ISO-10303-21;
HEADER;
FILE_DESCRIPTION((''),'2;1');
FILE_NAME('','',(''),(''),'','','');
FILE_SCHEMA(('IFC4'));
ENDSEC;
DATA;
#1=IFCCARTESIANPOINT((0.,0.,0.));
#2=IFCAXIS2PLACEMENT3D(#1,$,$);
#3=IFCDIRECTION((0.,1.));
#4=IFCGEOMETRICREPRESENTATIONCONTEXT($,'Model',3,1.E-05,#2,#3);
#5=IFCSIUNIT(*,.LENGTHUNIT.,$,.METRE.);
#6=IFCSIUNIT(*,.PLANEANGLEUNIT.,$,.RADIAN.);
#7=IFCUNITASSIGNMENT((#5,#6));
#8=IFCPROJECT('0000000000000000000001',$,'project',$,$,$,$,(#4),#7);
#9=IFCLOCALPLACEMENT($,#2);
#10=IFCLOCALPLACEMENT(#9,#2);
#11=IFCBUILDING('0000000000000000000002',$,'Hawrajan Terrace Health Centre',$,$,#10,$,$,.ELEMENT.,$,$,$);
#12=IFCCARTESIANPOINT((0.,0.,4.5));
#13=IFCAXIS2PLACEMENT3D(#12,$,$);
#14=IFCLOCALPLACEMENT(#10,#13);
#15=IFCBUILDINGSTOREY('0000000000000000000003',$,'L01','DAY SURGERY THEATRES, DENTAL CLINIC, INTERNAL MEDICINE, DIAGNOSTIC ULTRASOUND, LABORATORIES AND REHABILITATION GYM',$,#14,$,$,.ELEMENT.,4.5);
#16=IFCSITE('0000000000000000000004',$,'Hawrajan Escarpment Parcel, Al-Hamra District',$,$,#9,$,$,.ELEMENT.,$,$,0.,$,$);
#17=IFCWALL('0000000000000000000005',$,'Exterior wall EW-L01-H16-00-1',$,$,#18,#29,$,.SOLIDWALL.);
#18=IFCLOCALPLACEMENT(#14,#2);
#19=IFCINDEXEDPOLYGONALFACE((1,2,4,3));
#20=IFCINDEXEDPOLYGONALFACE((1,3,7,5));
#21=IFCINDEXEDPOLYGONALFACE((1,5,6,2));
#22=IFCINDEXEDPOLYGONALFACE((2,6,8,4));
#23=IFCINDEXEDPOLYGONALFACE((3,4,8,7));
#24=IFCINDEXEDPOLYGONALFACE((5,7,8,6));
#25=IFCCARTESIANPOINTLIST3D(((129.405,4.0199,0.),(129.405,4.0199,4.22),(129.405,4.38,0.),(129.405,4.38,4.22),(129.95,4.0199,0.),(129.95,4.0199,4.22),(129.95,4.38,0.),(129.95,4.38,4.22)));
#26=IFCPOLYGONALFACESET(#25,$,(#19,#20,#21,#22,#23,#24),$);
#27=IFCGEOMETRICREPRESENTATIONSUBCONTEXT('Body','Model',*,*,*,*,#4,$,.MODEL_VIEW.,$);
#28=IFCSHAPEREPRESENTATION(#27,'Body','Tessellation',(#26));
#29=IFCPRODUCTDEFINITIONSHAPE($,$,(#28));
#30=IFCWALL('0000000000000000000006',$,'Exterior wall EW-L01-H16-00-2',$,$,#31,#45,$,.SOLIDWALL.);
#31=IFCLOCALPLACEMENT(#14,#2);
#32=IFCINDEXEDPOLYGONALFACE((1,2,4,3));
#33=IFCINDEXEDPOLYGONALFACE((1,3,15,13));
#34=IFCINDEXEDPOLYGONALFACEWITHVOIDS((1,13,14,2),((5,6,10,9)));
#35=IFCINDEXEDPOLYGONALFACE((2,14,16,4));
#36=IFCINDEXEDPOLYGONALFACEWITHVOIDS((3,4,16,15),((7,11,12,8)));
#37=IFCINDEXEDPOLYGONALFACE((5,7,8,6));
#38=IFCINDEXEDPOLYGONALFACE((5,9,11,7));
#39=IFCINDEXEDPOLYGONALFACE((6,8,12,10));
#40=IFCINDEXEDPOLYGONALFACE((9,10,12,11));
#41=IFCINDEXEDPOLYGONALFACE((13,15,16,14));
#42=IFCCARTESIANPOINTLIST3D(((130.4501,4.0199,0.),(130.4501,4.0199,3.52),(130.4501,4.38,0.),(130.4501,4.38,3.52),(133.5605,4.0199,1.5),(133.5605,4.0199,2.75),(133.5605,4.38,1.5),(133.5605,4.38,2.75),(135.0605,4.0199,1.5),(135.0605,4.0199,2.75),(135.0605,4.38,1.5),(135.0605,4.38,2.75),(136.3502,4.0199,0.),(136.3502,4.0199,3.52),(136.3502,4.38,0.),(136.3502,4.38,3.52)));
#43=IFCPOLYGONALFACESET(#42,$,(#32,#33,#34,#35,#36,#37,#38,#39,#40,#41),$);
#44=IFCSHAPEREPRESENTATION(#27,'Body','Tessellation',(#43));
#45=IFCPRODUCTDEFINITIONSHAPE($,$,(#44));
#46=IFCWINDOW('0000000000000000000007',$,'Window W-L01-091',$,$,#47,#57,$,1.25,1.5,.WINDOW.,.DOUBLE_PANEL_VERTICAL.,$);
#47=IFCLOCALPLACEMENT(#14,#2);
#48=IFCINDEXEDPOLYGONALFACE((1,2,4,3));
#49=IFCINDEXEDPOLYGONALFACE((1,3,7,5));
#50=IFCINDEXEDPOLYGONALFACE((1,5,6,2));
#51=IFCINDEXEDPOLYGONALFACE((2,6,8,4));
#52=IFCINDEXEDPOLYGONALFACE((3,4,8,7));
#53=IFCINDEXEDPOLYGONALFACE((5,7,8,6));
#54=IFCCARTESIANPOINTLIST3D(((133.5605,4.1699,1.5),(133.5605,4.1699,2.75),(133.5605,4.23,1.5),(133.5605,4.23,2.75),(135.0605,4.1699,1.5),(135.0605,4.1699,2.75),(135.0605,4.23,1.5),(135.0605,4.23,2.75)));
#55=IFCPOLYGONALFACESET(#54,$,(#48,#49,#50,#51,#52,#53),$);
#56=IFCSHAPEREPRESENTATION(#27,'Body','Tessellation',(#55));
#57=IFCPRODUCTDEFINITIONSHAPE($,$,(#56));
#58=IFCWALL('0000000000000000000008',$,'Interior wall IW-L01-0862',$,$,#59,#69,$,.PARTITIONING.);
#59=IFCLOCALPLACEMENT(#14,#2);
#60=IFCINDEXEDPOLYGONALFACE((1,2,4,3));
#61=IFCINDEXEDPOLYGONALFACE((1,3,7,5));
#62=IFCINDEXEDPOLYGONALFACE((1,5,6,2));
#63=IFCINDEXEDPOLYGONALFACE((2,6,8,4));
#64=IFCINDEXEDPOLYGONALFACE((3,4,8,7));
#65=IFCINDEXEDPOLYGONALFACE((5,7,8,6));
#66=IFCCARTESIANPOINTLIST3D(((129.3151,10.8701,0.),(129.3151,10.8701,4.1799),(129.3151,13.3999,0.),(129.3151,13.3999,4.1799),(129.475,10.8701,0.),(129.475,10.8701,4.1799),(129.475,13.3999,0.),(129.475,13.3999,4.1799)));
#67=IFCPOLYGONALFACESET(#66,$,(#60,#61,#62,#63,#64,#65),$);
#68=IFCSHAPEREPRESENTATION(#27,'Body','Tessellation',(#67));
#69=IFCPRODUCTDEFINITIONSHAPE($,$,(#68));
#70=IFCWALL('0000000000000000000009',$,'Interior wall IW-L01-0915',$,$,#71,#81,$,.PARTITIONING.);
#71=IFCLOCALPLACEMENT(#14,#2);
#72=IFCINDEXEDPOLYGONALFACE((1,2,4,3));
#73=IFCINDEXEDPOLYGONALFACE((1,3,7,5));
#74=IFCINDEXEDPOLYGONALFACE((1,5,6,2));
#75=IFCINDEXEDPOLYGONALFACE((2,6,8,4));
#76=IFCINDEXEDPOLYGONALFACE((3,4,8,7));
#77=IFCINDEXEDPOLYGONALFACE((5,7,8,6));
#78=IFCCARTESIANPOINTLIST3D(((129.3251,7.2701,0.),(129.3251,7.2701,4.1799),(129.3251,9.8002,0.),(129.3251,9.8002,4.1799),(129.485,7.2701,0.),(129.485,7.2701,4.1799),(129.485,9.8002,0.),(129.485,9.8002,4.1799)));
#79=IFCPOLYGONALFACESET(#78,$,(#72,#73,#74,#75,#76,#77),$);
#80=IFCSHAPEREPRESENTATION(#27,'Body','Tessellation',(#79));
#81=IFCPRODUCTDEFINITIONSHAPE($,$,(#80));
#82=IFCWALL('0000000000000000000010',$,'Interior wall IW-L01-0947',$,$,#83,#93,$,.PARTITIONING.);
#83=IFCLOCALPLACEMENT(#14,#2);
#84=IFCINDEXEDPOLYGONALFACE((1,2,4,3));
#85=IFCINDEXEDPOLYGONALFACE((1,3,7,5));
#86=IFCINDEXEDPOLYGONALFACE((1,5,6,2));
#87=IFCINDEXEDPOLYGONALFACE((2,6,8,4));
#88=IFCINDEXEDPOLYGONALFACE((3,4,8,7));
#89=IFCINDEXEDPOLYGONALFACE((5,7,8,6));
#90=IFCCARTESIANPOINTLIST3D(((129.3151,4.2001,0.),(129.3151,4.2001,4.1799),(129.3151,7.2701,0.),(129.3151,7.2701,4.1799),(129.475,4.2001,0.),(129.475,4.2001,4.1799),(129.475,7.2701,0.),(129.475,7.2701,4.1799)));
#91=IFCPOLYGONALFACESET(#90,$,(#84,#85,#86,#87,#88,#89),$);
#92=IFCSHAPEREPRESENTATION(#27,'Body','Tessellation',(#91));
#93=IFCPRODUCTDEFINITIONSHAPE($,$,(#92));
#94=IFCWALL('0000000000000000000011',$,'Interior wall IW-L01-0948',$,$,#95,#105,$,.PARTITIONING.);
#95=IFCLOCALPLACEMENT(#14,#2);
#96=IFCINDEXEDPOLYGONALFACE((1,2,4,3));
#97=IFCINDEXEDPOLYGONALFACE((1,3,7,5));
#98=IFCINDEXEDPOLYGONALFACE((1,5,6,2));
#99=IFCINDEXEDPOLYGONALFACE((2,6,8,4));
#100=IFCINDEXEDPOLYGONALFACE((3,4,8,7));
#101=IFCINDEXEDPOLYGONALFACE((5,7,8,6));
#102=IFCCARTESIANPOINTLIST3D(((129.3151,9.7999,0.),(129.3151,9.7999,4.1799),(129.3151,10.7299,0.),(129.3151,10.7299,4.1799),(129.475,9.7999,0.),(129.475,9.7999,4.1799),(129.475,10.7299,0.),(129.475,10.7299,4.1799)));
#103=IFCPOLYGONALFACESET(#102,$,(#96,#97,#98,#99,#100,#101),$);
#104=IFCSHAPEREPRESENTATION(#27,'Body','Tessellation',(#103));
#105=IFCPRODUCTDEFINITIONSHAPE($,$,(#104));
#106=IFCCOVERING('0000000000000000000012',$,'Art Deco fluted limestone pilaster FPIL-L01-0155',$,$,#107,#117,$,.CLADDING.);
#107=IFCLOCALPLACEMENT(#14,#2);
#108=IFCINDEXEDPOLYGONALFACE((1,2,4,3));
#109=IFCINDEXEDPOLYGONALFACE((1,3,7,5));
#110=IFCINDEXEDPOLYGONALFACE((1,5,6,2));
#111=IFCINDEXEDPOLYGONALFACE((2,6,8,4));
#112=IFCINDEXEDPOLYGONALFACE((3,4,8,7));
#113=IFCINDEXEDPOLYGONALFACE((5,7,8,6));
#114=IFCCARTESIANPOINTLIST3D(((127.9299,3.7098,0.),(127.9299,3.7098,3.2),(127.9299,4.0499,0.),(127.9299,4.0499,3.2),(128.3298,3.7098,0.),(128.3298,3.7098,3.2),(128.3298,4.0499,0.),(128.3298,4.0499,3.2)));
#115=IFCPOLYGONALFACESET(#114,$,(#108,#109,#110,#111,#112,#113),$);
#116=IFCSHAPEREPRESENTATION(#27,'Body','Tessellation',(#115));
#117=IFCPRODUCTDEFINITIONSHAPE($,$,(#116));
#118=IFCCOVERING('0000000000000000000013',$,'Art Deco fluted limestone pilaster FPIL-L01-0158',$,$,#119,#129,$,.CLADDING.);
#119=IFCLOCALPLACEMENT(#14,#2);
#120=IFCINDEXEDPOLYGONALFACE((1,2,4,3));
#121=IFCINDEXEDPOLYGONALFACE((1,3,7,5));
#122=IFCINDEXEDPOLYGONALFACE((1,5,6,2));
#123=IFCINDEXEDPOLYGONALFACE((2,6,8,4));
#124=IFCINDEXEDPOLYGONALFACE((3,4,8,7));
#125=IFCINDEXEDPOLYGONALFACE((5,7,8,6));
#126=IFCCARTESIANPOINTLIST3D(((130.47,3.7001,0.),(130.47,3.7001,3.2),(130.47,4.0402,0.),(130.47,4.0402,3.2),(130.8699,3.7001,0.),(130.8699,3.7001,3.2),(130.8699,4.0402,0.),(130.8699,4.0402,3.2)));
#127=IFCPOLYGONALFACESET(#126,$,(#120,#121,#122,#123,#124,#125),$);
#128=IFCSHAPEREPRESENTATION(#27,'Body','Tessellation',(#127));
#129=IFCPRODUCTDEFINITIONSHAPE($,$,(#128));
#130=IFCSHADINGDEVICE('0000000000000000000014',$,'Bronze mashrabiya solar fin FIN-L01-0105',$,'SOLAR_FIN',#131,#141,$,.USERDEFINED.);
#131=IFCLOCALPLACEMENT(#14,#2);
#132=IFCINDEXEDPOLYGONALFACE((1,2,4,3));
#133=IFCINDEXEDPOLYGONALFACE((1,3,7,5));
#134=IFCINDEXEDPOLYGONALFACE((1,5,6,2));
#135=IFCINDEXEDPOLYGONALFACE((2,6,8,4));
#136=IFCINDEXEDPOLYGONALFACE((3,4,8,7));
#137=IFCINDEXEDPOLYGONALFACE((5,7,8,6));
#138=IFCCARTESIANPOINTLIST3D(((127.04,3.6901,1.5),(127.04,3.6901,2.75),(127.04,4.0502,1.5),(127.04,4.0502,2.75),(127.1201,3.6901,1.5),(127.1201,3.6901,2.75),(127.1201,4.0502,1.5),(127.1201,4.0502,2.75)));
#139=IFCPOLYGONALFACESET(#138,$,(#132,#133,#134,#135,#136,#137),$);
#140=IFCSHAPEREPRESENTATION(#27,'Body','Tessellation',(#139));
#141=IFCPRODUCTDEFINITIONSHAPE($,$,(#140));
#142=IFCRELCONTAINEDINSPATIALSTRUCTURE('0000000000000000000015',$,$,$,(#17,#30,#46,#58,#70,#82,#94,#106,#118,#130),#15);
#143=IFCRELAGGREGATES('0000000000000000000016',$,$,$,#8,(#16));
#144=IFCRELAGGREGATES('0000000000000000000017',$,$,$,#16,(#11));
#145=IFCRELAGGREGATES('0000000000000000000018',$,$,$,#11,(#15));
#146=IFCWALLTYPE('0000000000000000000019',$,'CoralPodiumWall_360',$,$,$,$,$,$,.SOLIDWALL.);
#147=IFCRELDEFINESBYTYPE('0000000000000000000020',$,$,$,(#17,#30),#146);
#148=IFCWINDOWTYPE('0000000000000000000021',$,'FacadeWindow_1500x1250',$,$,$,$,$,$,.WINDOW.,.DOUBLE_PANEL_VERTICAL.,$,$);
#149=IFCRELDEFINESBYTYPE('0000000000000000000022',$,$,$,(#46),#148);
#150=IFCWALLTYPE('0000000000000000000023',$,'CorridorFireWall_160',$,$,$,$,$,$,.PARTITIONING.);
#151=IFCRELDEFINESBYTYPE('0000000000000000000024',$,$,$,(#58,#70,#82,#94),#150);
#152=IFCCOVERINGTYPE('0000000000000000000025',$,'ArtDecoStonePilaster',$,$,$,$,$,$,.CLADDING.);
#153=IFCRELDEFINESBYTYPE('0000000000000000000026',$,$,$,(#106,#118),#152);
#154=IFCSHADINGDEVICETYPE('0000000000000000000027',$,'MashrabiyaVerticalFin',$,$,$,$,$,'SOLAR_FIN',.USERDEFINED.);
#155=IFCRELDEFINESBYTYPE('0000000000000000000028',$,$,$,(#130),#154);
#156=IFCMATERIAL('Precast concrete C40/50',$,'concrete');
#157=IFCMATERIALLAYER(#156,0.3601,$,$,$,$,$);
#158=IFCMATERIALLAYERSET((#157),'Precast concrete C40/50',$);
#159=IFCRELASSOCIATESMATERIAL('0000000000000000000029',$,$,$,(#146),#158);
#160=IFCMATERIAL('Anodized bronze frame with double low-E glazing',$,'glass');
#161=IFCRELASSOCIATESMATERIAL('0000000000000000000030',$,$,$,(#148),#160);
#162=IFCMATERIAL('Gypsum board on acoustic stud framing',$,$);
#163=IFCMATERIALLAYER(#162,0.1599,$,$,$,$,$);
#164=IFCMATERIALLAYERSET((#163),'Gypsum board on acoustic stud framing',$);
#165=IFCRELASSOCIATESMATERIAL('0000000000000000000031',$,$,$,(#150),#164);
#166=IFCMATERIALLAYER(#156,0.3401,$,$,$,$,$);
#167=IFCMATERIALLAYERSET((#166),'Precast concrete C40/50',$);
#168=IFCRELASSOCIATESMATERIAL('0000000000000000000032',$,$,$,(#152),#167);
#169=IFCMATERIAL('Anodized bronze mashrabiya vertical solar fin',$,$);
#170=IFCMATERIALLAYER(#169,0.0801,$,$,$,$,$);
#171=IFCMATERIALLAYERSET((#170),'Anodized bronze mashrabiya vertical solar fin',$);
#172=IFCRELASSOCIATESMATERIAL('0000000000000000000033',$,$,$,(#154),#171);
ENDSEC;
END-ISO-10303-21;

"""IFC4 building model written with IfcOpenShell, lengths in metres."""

from ifc_helpers import new_model, si_unit, direction, frame, frame_2d, origin, origin_2d, place, context, subcontext, project, spatial, rectangle, extrude, material, layer, layer_set, type_object, element, fill, save


model = new_model("IFC4")

# Units and contexts
model_context = context("Model", 3, precision=1e-05, world=origin(), true_north=direction((0.0, 1.0)))
body_context = subcontext(model_context, "Body", "Model", "MODEL_VIEW")
ifc_project = project(units=[si_unit("LENGTHUNIT", "METRE"), si_unit("PLANEANGLEUNIT", "RADIAN")], contexts=[model_context])

# Site, building, storey
site_placement = place(None, origin())
site = spatial("IfcSite", under=ifc_project, at=site_placement, Name="Hawrajan Escarpment Parcel, Al-Hamra District", CompositionType="ELEMENT", RefElevation=0.0)
building_placement = place(site_placement, origin())
building = spatial("IfcBuilding", under=site, at=building_placement, Name="Hawrajan Terrace Health Centre", CompositionType="ELEMENT")
storey_placement = place(building_placement, frame((0.0, 0.0, 4.5)))
storey = spatial("IfcBuildingStorey", under=building, at=storey_placement, Name="L01", Description="DAY SURGERY THEATRES, DENTAL CLINIC, INTERNAL MEDICINE, DIAGNOSTIC ULTRASOUND, LABORATORIES AND REHABILITATION GYM", CompositionType="ELEMENT", Elevation=4.5)

# Shared definitions
ifc_material_1 = material(Name="Gypsum board on acoustic stud framing")

# Wall
ifc_material_2 = material(Name="Precast concrete C40/50", Category="concrete")
ifc_layer_1 = layer(ifc_material_2, 0.3601)
ifc_layer_set_1 = layer_set([ifc_layer_1], Name="Precast concrete C40/50")
wall_type_1 = type_object("IfcWallType", Name="CoralPodiumWall_360", PredefinedType="SOLIDWALL", material=ifc_layer_set_1)
wall_1_placement = place(storey_placement, frame((129.405, 4.2, 0.0), z_axis=(0.0, 0.0, 1.0), x_axis=(1.0, 0.0, 0.0)))
element("IfcWall", 1, at=wall_1_placement, inside=storey, type_object=wall_type_1, Name="Exterior wall EW-L01-H16-00-1", PredefinedType="SOLIDWALL", context=body_context, shape_type="SweptSolid", body=[
    extrude(rectangle(XDim=0.5449, YDim=0.3601, at=frame_2d((0.2725, 0.0))), origin(), (0.0, 0.0, 1.0), 4.22),
])

# Wall, opening, window
wall_2_placement = place(storey_placement, frame((130.45, 4.2, 0.0), z_axis=(0.0, 0.0, 1.0), x_axis=(1.0, 0.0, 0.0)))
wall_2 = element("IfcWall", 2, at=wall_2_placement, inside=storey, type_object=wall_type_1, Name="Exterior wall EW-L01-H16-00-2", PredefinedType="SOLIDWALL", context=body_context, shape_type="SweptSolid", body=[
    extrude(rectangle(XDim=5.9001, YDim=0.3601, at=frame_2d((2.9502, 0.0))), origin(), (0.0, 0.0, 1.0), 3.52),
])
opening_1_placement = place(wall_2_placement, frame((3.1106, 0.0, 1.5)))
opening_1 = element("IfcOpeningElement", 3, at=opening_1_placement, cuts=wall_2, PredefinedType="OPENING", context=body_context, shape_type="SweptSolid", body=[
    extrude(rectangle(XDim=1.5, YDim=1.25, at=frame_2d((0.75, 0.625))), frame((0.0, 0.1899, 0.0), z_axis=(0.0, -1.0, 0.0), x_axis=(1.0, 0.0, 0.0)), (0.0, 0.0, 1.0), 0.3801),
])
ifc_material_3 = material(Name="Anodized bronze frame with double low-E glazing", Category="glass")
window_type = type_object("IfcWindowType", Name="FacadeWindow_1500x1250", PartitioningType="DOUBLE_PANEL_VERTICAL", PredefinedType="WINDOW", material=ifc_material_3)
window_placement = place(opening_1_placement, origin())
window = element("IfcWindow", 4, at=window_placement, inside=storey, type_object=window_type, Name="Window W-L01-091", OverallHeight=1.25, OverallWidth=1.5, PartitioningType="DOUBLE_PANEL_VERTICAL", PredefinedType="WINDOW", context=body_context, shape_type="SweptSolid", body=[
    extrude(rectangle(XDim=1.5, YDim=1.25, at=frame_2d((0.75, 0.625))), frame((0.0, 0.03, 0.0), z_axis=(0.0, -1.0, 0.0), x_axis=(1.0, 0.0, 0.0)), (0.0, 0.0, 1.0), 0.0601),
])
fill(opening_1, window)

# Walls
ifc_layer_2 = layer(ifc_material_1, 0.1599)
ifc_layer_set_2 = layer_set([ifc_layer_2], Name="Gypsum board on acoustic stud framing")
wall_type_2 = type_object("IfcWallType", Name="CorridorFireWall_160", PredefinedType="PARTITIONING", material=ifc_layer_set_2)
wall_3_placement = place(storey_placement, frame((129.395, 10.8701, 0.0), z_axis=(0.0, 0.0, 1.0), x_axis=(0.0, 1.0, 0.0)))
element("IfcWall", 5, at=wall_3_placement, inside=storey, type_object=wall_type_2, Name="Interior wall IW-L01-0862", PredefinedType="PARTITIONING", context=body_context, shape_type="SweptSolid", body=[
    extrude(rectangle(XDim=2.5298, YDim=0.1599, at=frame_2d((1.2649, 0.0))), origin(), (0.0, 0.0, 1.0), 4.1799),
])
wall_4_placement = place(storey_placement, frame((129.405, 7.27, 0.0), z_axis=(0.0, 0.0, 1.0), x_axis=(0.0, 1.0, 0.0)))
element("IfcWall", 6, at=wall_4_placement, inside=storey, type_object=wall_type_2, Name="Interior wall IW-L01-0915", PredefinedType="PARTITIONING", context=body_context, shape_type="SweptSolid", body=[
    extrude(rectangle(XDim=2.53, YDim=0.1599, at=frame_2d((1.2651, 0.0))), origin(), (0.0, 0.0, 1.0), 4.1799),
])
wall_5_placement = place(storey_placement, frame((129.395, 4.2, 0.0), z_axis=(0.0, 0.0, 1.0), x_axis=(0.0, 1.0, 0.0)))
element("IfcWall", 7, at=wall_5_placement, inside=storey, type_object=wall_type_2, Name="Interior wall IW-L01-0947", PredefinedType="PARTITIONING", context=body_context, shape_type="SweptSolid", body=[
    extrude(rectangle(XDim=3.0701, YDim=0.1599, at=frame_2d((1.5352, 0.0))), origin(), (0.0, 0.0, 1.0), 4.1799),
])
wall_6_placement = place(storey_placement, frame((129.395, 9.8, 0.0), z_axis=(0.0, 0.0, 1.0), x_axis=(0.0, 1.0, 0.0)))
element("IfcWall", 8, at=wall_6_placement, inside=storey, type_object=wall_type_2, Name="Interior wall IW-L01-0948", PredefinedType="PARTITIONING", context=body_context, shape_type="SweptSolid", body=[
    extrude(rectangle(XDim=0.9299, YDim=0.1599, at=frame_2d((0.4648, 0.0))), origin(), (0.0, 0.0, 1.0), 4.1799),
])

# Coverings
ifc_layer_3 = layer(ifc_material_2, 0.3401)
ifc_layer_set_3 = layer_set([ifc_layer_3], Name="Precast concrete C40/50")
covering_type = type_object("IfcCoveringType", Name="ArtDecoStonePilaster", PredefinedType="CLADDING", material=ifc_layer_set_3)
for number, where, z_axis, x_axis, name in (
    (9, (128.1299, 3.8799, 0.0), (0.0, 0.0, 1.0), (1.0, 0.0, 0.0), "Art Deco fluted limestone pilaster FPIL-L01-0155"),
    (10, (130.6699, 3.8701, 0.0), (0.0, 0.0, 1.0), (1.0, 0.0, 0.0), "Art Deco fluted limestone pilaster FPIL-L01-0158"),
):
    element("IfcCovering", number, at=place(storey_placement, frame(where, z_axis=z_axis, x_axis=x_axis)), inside=storey, type_object=covering_type, Name=name, PredefinedType="CLADDING", context=body_context, shape_type="SweptSolid", body=[
        extrude(rectangle(XDim=0.3999, YDim=0.3401, at=origin_2d()), origin(), (0.0, 0.0, 1.0), 3.2),
    ])

# Shading device
ifc_material_4 = material(Name="Anodized bronze mashrabiya vertical solar fin")
ifc_layer_4 = layer(ifc_material_4, 0.0801)
ifc_layer_set_4 = layer_set([ifc_layer_4], Name="Anodized bronze mashrabiya vertical solar fin")
shading_device_type = type_object("IfcShadingDeviceType", Name="MashrabiyaVerticalFin", ElementType="SOLAR_FIN", PredefinedType="USERDEFINED", material=ifc_layer_set_4)
shading_device_placement = place(storey_placement, frame((127.0801, 3.8701, 1.5), z_axis=(0.0, 0.0, 1.0), x_axis=(1.0, 0.0, 0.0)))
element("IfcShadingDevice", 11, at=shading_device_placement, inside=storey, type_object=shading_device_type, Name="Bronze mashrabiya solar fin FIN-L01-0105", ObjectType="SOLAR_FIN", PredefinedType="USERDEFINED", context=body_context, shape_type="SweptSolid", body=[
    extrude(rectangle(XDim=0.0801, YDim=0.3601, at=origin_2d()), origin(), (0.0, 0.0, 1.0), 1.25),
])

save(model, "model.ifc")
